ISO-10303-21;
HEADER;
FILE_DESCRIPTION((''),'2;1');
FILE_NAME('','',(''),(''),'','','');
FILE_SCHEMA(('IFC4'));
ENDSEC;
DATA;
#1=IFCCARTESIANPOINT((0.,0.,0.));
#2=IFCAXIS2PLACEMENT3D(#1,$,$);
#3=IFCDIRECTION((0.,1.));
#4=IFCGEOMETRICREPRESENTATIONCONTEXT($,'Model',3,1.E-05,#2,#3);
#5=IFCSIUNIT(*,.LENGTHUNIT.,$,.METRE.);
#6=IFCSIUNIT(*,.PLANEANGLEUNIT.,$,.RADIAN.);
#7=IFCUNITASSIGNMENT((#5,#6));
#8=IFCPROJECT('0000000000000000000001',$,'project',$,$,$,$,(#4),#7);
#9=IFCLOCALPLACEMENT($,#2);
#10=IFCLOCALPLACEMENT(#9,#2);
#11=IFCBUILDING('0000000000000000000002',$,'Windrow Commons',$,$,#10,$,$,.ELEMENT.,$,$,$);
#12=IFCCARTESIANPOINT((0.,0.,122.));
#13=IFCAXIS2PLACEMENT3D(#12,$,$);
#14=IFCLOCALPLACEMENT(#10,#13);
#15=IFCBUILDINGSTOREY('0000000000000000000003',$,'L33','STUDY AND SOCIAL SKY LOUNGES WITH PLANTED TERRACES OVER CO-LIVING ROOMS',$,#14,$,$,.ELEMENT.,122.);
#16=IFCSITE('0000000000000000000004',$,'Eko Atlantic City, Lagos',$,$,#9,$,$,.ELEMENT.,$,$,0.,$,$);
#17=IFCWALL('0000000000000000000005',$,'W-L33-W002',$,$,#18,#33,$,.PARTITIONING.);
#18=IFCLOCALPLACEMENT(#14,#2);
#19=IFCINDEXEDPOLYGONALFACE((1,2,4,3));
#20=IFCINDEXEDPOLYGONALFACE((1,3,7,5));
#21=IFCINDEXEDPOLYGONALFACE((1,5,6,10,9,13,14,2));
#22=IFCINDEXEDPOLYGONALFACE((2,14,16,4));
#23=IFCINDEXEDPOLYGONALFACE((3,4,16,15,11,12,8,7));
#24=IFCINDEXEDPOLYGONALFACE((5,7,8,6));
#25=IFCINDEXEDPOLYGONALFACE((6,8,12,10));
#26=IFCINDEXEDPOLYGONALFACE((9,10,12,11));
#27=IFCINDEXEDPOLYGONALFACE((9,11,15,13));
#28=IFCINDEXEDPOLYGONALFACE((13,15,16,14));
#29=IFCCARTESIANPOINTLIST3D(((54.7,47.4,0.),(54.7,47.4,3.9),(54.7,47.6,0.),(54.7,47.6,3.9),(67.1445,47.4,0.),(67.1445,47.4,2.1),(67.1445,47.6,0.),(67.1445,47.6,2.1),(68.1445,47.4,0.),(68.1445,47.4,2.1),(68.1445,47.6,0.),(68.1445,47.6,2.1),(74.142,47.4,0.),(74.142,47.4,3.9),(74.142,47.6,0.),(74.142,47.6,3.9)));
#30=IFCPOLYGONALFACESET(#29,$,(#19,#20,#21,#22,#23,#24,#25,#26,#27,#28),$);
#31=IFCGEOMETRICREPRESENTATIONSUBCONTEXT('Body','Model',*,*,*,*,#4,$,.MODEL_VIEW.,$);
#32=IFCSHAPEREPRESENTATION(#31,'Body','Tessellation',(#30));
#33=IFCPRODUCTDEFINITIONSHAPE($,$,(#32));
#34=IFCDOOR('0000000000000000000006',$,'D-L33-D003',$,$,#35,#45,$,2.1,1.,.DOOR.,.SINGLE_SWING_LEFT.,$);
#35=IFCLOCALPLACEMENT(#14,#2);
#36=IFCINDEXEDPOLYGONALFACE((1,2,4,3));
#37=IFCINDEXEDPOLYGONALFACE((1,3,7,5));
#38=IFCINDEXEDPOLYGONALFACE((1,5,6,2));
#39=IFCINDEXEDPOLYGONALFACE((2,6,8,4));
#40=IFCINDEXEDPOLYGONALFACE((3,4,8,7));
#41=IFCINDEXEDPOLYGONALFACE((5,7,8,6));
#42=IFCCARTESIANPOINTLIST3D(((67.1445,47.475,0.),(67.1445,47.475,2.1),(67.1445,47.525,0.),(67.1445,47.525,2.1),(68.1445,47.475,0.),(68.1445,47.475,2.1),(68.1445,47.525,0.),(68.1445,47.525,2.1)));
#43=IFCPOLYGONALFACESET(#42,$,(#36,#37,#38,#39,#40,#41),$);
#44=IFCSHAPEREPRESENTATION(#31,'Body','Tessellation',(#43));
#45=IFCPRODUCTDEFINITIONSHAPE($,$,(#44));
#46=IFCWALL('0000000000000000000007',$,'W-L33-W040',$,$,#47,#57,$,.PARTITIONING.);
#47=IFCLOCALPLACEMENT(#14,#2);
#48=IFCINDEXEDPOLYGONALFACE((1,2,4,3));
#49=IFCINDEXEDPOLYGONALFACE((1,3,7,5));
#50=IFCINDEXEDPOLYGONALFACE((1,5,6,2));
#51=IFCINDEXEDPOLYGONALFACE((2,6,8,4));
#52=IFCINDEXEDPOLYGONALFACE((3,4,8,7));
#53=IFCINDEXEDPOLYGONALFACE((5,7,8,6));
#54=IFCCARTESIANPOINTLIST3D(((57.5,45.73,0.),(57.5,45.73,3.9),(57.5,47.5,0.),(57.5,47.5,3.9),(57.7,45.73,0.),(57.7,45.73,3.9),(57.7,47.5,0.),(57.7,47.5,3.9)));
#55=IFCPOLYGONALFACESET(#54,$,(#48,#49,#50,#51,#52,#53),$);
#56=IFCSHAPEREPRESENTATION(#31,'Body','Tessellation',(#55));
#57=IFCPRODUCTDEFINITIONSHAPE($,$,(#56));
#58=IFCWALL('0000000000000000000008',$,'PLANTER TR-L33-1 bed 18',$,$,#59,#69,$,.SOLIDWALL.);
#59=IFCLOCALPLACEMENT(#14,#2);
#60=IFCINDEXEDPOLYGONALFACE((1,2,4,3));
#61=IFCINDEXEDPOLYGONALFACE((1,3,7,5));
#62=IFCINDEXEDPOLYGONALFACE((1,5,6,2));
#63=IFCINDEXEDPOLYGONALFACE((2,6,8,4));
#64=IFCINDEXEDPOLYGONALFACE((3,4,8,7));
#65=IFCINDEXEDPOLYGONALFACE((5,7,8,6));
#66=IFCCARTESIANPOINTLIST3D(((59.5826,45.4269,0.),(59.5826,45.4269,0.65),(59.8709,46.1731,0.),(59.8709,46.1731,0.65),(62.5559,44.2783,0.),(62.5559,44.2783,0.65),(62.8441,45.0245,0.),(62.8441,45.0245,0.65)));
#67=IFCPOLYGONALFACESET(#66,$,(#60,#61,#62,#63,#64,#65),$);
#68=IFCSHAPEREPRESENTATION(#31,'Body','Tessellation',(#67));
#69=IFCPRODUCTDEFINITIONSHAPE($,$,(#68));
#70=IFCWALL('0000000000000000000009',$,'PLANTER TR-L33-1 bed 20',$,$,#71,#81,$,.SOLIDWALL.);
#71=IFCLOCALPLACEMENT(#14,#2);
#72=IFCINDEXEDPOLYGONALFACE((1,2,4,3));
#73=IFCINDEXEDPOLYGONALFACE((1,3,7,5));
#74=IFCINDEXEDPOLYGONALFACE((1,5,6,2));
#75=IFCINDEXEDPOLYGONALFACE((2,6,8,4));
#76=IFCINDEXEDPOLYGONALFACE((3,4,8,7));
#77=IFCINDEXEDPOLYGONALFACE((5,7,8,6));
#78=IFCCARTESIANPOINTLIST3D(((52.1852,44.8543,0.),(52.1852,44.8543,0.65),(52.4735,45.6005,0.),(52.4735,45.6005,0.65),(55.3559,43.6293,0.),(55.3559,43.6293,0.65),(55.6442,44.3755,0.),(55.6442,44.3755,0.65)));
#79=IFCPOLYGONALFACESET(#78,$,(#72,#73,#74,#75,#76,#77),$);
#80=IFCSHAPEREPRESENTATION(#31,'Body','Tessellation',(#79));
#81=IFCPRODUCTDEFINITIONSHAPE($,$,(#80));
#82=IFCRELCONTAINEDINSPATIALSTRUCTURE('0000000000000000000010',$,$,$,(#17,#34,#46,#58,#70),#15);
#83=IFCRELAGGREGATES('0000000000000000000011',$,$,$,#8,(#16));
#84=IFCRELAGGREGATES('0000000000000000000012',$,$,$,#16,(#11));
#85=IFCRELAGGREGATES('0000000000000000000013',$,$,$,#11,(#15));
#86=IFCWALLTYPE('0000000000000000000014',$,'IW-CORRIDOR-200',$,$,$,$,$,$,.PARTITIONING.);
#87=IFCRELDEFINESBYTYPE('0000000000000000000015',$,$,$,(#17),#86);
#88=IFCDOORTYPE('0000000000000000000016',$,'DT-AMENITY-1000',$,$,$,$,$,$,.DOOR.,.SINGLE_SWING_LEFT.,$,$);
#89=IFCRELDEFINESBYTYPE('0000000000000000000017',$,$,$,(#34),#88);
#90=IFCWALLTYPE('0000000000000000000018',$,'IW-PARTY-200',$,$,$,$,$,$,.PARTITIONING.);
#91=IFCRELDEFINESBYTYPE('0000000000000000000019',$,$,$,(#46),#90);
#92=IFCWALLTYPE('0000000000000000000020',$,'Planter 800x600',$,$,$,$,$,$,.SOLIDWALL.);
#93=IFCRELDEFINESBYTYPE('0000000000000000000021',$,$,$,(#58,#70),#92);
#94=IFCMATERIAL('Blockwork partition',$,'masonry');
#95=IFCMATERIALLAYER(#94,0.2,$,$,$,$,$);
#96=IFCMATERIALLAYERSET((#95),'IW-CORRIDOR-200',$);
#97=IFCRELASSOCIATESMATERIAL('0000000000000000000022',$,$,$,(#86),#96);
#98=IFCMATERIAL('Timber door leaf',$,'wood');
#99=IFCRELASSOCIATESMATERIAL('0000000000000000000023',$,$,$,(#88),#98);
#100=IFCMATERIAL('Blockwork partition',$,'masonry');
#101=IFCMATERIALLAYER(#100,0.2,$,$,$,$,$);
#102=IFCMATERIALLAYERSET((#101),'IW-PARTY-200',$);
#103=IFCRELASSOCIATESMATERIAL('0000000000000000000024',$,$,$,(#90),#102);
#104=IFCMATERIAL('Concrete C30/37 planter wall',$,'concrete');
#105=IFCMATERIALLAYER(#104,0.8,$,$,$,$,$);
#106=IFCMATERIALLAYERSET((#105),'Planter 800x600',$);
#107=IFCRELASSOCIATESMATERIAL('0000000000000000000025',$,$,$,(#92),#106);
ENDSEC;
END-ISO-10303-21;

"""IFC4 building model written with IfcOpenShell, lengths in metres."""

from ifc_helpers import new_model, si_unit, direction, frame, frame_2d, origin, place, context, subcontext, project, spatial, rectangle, extrude, material, layer, layer_set, type_object, element, fill, save


model = new_model("IFC4")

# Units and contexts
model_context = context("Model", 3, precision=1e-05, world=origin(), true_north=direction((0.0, 1.0)))
body_context = subcontext(model_context, "Body", "Model", "MODEL_VIEW")
ifc_project = project(units=[si_unit("LENGTHUNIT", "METRE"), si_unit("PLANEANGLEUNIT", "RADIAN")], contexts=[model_context])

# Site, building, storey
site_placement = place(None, origin())
site = spatial("IfcSite", under=ifc_project, at=site_placement, Name="Eko Atlantic City, Lagos", CompositionType="ELEMENT", RefElevation=0.0)
building_placement = place(site_placement, origin())
building = spatial("IfcBuilding", under=site, at=building_placement, Name="Windrow Commons", CompositionType="ELEMENT")
storey_placement = place(building_placement, frame((0.0, 0.0, 122.0)))
storey = spatial("IfcBuildingStorey", under=building, at=storey_placement, Name="L33", Description="STUDY AND SOCIAL SKY LOUNGES WITH PLANTED TERRACES OVER CO-LIVING ROOMS", CompositionType="ELEMENT", Elevation=122.0)

# Wall, opening, door
ifc_material_1 = material(Name="Blockwork partition", Category="masonry")
ifc_layer_1 = layer(ifc_material_1, 0.2)
ifc_layer_set_1 = layer_set([ifc_layer_1], Name="IW-CORRIDOR-200")
wall_type_1 = type_object("IfcWallType", Name="IW-CORRIDOR-200", PredefinedType="PARTITIONING", material=ifc_layer_set_1)
wall_1_placement = place(storey_placement, frame((54.7, 47.5, 0.0), z_axis=(0.0, 0.0, 1.0), x_axis=(1.0, 0.0, 0.0)))
wall_1 = element("IfcWall", 1, at=wall_1_placement, inside=storey, type_object=wall_type_1, Name="W-L33-W002", PredefinedType="PARTITIONING", context=body_context, shape_type="SweptSolid", body=[
    extrude(rectangle(XDim=19.442, YDim=0.2, at=frame_2d((9.721, 0.0))), origin(), (0.0, 0.0, 1.0), 3.9),
])
opening_placement = place(wall_1_placement, frame((12.4445, 0.0, 0.0)))
opening = element("IfcOpeningElement", 2, at=opening_placement, cuts=wall_1, PredefinedType="OPENING", context=body_context, shape_type="SweptSolid", body=[
    extrude(rectangle(XDim=1.0, YDim=2.1, at=frame_2d((0.5, 1.05))), frame((0.0, 0.11, 0.0), z_axis=(0.0, -1.0, 0.0), x_axis=(1.0, 0.0, 0.0)), (0.0, 0.0, 1.0), 0.22),
])
ifc_material_2 = material(Name="Timber door leaf", Category="wood")
door_type = type_object("IfcDoorType", Name="DT-AMENITY-1000", OperationType="SINGLE_SWING_LEFT", PredefinedType="DOOR", material=ifc_material_2)
door_placement = place(opening_placement, origin())
door = element("IfcDoor", 3, at=door_placement, inside=storey, type_object=door_type, Name="D-L33-D003", OperationType="SINGLE_SWING_LEFT", OverallHeight=2.1, OverallWidth=1.0, PredefinedType="DOOR", context=body_context, shape_type="SweptSolid", body=[
    extrude(rectangle(XDim=1.0, YDim=2.1, at=frame_2d((0.5, 1.05))), frame((0.0, 0.025, 0.0), z_axis=(0.0, -1.0, 0.0), x_axis=(1.0, 0.0, 0.0)), (0.0, 0.0, 1.0), 0.05),
])
fill(opening, door)

# Walls
ifc_material_3 = material(Name="Blockwork partition", Category="masonry")
ifc_layer_2 = layer(ifc_material_3, 0.2)
ifc_layer_set_2 = layer_set([ifc_layer_2], Name="IW-PARTY-200")
wall_type_2 = type_object("IfcWallType", Name="IW-PARTY-200", PredefinedType="PARTITIONING", material=ifc_layer_set_2)
wall_2_placement = place(storey_placement, frame((57.6, 45.73, 0.0), z_axis=(0.0, 0.0, 1.0), x_axis=(0.0, 1.0, 0.0)))
element("IfcWall", 4, at=wall_2_placement, inside=storey, type_object=wall_type_2, Name="W-L33-W040", PredefinedType="PARTITIONING", context=body_context, shape_type="SweptSolid", body=[
    extrude(rectangle(XDim=1.77, YDim=0.2, at=frame_2d((0.885, 0.0))), origin(), (0.0, 0.0, 1.0), 3.9),
])
ifc_material_4 = material(Name="Concrete C30/37 planter wall", Category="concrete")
ifc_layer_3 = layer(ifc_material_4, 0.8)
ifc_layer_set_3 = layer_set([ifc_layer_3], Name="Planter 800x600")
wall_type_3 = type_object("IfcWallType", Name="Planter 800x600", PredefinedType="SOLIDWALL", material=ifc_layer_set_3)
wall_3_placement = place(storey_placement, frame((62.7, 44.6514, 0.0), z_axis=(0.0, 0.0, 1.0), x_axis=(-0.932813, 0.360362, 0.0)))
element("IfcWall", 5, at=wall_3_placement, inside=storey, type_object=wall_type_3, Name="PLANTER TR-L33-1 bed 18", PredefinedType="SOLIDWALL", context=body_context, shape_type="SweptSolid", body=[
    extrude(rectangle(XDim=3.1874, YDim=0.8, at=frame_2d((1.5937, 0.0))), origin(), (0.0, 0.0, 1.0), 0.65),
])
wall_4_placement = place(storey_placement, frame((55.5, 44.0024, 0.0), z_axis=(0.0, 0.0, 1.0), x_axis=(-0.932802, 0.360388, 0.0)))
element("IfcWall", 6, at=wall_4_placement, inside=storey, type_object=wall_type_3, Name="PLANTER TR-L33-1 bed 20", PredefinedType="SOLIDWALL", context=body_context, shape_type="SweptSolid", body=[
    extrude(rectangle(XDim=3.3991, YDim=0.8, at=frame_2d((1.6995, 0.0))), origin(), (0.0, 0.0, 1.0), 0.65),
])

save(model, "model.ifc")
